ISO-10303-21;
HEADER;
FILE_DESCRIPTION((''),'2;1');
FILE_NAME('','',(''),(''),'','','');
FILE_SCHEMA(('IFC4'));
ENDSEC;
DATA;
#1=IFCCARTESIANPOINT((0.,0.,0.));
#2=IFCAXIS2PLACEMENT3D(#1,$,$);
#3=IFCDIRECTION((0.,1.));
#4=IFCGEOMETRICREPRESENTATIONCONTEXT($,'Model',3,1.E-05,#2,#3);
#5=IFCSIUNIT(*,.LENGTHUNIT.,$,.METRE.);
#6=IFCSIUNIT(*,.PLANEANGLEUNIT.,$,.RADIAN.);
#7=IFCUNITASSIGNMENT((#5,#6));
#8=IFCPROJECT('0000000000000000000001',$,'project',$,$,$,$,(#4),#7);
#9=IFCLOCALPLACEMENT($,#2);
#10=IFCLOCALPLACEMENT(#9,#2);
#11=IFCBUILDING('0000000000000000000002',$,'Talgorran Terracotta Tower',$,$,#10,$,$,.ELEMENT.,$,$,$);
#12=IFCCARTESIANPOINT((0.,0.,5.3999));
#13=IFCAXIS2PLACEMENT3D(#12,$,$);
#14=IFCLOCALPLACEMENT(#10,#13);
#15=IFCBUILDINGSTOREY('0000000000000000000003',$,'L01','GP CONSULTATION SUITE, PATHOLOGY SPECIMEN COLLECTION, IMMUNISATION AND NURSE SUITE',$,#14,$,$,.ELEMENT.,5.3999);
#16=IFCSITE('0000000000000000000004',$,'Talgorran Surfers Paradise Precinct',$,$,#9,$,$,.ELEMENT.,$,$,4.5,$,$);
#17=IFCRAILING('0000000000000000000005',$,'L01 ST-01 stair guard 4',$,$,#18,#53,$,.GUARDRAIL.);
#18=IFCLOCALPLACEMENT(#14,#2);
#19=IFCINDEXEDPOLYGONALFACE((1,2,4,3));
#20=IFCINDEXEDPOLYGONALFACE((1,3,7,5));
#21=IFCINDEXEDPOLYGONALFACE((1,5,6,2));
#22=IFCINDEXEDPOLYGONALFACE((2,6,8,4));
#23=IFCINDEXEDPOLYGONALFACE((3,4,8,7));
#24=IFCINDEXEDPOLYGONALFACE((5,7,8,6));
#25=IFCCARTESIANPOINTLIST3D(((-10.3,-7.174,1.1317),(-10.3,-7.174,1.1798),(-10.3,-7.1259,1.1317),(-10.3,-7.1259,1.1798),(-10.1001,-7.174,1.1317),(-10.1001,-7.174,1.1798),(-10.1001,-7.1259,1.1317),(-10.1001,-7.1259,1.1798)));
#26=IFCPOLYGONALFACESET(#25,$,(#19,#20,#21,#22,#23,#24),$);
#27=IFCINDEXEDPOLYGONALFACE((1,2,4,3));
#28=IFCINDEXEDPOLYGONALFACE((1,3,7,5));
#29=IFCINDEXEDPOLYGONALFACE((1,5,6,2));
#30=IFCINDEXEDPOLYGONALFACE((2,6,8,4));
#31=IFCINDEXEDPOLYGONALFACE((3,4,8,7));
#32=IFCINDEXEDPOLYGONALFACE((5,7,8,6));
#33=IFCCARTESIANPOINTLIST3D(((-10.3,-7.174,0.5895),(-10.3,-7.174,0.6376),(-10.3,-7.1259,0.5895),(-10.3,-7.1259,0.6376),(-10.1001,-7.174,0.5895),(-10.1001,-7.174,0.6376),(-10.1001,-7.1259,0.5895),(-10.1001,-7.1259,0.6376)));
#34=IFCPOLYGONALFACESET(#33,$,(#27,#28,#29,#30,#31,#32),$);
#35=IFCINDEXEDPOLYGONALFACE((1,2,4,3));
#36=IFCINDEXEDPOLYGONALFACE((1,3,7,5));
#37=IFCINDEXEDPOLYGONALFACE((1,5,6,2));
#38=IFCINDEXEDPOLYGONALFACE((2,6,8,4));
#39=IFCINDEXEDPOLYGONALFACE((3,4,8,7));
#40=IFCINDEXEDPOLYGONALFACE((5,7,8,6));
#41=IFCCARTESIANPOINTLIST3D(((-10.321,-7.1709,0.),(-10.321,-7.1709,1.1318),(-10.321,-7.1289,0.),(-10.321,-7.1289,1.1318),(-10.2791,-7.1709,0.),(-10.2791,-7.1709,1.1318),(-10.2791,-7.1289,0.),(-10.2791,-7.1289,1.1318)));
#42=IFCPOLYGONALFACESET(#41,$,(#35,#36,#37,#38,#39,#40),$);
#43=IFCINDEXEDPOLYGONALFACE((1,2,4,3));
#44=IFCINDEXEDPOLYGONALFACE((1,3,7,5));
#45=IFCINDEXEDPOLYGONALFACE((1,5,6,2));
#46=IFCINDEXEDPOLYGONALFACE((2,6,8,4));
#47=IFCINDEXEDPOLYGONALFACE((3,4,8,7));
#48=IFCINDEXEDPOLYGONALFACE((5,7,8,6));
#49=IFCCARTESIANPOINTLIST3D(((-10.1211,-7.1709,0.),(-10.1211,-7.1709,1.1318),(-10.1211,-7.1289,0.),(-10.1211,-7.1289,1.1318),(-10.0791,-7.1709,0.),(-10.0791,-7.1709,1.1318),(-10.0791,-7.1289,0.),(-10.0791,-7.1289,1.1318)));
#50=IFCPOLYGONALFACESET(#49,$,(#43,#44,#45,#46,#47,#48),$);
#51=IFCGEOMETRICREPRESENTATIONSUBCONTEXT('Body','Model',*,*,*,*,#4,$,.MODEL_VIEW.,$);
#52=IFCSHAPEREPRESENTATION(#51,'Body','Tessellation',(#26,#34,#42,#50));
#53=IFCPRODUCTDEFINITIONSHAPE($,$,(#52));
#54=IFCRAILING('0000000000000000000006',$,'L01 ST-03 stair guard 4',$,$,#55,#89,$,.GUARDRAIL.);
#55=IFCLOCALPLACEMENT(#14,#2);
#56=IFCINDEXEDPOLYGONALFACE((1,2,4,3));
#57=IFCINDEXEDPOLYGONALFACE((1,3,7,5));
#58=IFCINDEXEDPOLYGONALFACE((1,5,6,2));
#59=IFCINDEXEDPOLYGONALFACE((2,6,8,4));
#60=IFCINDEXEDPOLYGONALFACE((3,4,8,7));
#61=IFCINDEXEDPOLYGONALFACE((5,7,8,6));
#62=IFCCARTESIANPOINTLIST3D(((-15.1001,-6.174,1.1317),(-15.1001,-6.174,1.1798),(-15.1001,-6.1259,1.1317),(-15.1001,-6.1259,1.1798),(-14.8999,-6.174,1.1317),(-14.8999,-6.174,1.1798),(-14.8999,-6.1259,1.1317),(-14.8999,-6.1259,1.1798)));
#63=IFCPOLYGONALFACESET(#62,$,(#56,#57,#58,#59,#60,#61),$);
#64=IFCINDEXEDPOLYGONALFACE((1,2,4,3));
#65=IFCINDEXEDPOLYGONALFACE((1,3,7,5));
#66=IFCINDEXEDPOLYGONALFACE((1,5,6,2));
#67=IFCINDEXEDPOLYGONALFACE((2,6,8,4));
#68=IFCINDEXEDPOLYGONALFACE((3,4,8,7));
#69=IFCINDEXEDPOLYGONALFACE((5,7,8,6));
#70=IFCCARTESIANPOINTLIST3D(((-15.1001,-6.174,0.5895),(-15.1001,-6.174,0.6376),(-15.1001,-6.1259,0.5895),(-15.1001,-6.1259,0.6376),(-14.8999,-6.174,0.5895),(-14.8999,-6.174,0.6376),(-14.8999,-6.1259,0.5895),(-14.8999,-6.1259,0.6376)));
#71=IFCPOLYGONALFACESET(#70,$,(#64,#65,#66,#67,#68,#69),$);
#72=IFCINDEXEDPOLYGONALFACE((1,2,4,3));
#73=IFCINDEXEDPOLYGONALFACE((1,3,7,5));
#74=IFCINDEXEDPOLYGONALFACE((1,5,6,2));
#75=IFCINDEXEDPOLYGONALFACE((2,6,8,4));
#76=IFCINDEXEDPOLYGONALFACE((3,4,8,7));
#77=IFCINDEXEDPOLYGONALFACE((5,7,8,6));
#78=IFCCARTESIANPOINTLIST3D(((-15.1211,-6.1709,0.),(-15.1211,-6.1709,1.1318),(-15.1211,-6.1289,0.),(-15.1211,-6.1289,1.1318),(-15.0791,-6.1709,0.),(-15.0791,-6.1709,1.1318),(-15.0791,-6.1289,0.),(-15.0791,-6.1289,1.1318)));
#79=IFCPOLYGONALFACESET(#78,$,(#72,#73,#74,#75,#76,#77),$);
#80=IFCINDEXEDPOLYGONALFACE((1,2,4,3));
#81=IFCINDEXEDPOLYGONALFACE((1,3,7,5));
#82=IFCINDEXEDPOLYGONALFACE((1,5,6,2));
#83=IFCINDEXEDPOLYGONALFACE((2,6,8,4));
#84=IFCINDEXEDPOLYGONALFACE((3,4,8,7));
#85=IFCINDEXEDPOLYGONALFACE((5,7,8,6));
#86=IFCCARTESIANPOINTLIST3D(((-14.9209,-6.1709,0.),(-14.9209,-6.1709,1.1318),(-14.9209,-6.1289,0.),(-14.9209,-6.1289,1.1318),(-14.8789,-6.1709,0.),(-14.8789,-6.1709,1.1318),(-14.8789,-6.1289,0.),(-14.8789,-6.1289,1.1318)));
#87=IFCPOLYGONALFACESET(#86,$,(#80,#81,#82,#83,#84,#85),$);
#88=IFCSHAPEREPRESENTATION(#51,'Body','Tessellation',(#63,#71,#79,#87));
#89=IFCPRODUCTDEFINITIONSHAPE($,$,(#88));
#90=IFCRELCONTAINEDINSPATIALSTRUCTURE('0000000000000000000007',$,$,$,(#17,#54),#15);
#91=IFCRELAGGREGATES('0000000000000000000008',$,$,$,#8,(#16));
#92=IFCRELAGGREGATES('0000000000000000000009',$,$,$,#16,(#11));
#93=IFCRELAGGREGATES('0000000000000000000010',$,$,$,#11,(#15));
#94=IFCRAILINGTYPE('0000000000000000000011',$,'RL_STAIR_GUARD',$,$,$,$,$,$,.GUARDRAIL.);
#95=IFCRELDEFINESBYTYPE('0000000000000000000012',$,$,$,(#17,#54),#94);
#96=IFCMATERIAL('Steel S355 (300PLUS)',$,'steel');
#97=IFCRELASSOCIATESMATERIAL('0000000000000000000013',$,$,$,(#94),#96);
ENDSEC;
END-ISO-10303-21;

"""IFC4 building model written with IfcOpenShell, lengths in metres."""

from ifc_helpers import new_model, si_unit, direction, frame, origin, origin_2d, place, context, subcontext, project, spatial, rectangle, extrude, material, type_object, element, save


model = new_model("IFC4")

# Units and contexts
model_context = context("Model", 3, precision=1e-05, world=origin(), true_north=direction((0.0, 1.0)))
body_context = subcontext(model_context, "Body", "Model", "MODEL_VIEW")
ifc_project = project(units=[si_unit("LENGTHUNIT", "METRE"), si_unit("PLANEANGLEUNIT", "RADIAN")], contexts=[model_context])

# Site, building, storey
site_placement = place(None, origin())
site = spatial("IfcSite", under=ifc_project, at=site_placement, Name="Talgorran Surfers Paradise Precinct", CompositionType="ELEMENT", RefElevation=4.5)
building_placement = place(site_placement, origin())
building = spatial("IfcBuilding", under=site, at=building_placement, Name="Talgorran Terracotta Tower", CompositionType="ELEMENT")
storey_placement = place(building_placement, frame((0.0, 0.0, 5.3999)))
storey = spatial("IfcBuildingStorey", under=building, at=storey_placement, Name="L01", Description="GP CONSULTATION SUITE, PATHOLOGY SPECIMEN COLLECTION, IMMUNISATION AND NURSE SUITE", CompositionType="ELEMENT", Elevation=5.3999)

# Shared definitions
ifc_material_1 = material(Name="Steel S355 (300PLUS)", Category="steel")

# Railings
railing_type = type_object("IfcRailingType", Name="RL_STAIR_GUARD", PredefinedType="GUARDRAIL", material=ifc_material_1)
railing_1_placement = place(storey_placement, frame((-10.3, -7.1499, 0.0)))
element("IfcRailing", 1, at=railing_1_placement, inside=storey, type_object=railing_type, Name="L01 ST-01 stair guard 4", PredefinedType="GUARDRAIL", context=body_context, shape_type="SweptSolid", body=[
    extrude(rectangle(XDim=0.0481, YDim=0.0481, at=origin_2d()), frame((0.0, 0.0, 1.1558), z_axis=(1.0, 0.0, 0.0), x_axis=(0.0, 1.0, 0.0)), (0.0, 0.0, 1.0), 0.2),
    extrude(rectangle(XDim=0.0481, YDim=0.0481, at=origin_2d()), frame((0.0, 0.0, 0.6135), z_axis=(1.0, 0.0, 0.0), x_axis=(0.0, 1.0, 0.0)), (0.0, 0.0, 1.0), 0.2),
    extrude(rectangle(XDim=0.042, YDim=0.042, at=origin_2d()), origin(), (0.0, 0.0, 1.0), 1.1318),
    extrude(rectangle(XDim=0.042, YDim=0.042, at=origin_2d()), frame((0.2, 0.0, 0.0)), (0.0, 0.0, 1.0), 1.1318),
])
railing_2_placement = place(storey_placement, frame((-15.1001, -6.1499, 0.0)))
element("IfcRailing", 2, at=railing_2_placement, inside=storey, type_object=railing_type, Name="L01 ST-03 stair guard 4", PredefinedType="GUARDRAIL", context=body_context, shape_type="SweptSolid", body=[
    extrude(rectangle(XDim=0.0481, YDim=0.0481, at=origin_2d()), frame((0.0, 0.0, 1.1558), z_axis=(1.0, 0.0, 0.0), x_axis=(0.0, 1.0, 0.0)), (0.0, 0.0, 1.0), 0.2002),
    extrude(rectangle(XDim=0.0481, YDim=0.0481, at=origin_2d()), frame((0.0, 0.0, 0.6135), z_axis=(1.0, 0.0, 0.0), x_axis=(0.0, 1.0, 0.0)), (0.0, 0.0, 1.0), 0.2002),
    extrude(rectangle(XDim=0.042, YDim=0.042, at=origin_2d()), origin(), (0.0, 0.0, 1.0), 1.1318),
    extrude(rectangle(XDim=0.042, YDim=0.042, at=origin_2d()), frame((0.2002, 0.0, 0.0)), (0.0, 0.0, 1.0), 1.1318),
])

save(model, "model.ifc")
